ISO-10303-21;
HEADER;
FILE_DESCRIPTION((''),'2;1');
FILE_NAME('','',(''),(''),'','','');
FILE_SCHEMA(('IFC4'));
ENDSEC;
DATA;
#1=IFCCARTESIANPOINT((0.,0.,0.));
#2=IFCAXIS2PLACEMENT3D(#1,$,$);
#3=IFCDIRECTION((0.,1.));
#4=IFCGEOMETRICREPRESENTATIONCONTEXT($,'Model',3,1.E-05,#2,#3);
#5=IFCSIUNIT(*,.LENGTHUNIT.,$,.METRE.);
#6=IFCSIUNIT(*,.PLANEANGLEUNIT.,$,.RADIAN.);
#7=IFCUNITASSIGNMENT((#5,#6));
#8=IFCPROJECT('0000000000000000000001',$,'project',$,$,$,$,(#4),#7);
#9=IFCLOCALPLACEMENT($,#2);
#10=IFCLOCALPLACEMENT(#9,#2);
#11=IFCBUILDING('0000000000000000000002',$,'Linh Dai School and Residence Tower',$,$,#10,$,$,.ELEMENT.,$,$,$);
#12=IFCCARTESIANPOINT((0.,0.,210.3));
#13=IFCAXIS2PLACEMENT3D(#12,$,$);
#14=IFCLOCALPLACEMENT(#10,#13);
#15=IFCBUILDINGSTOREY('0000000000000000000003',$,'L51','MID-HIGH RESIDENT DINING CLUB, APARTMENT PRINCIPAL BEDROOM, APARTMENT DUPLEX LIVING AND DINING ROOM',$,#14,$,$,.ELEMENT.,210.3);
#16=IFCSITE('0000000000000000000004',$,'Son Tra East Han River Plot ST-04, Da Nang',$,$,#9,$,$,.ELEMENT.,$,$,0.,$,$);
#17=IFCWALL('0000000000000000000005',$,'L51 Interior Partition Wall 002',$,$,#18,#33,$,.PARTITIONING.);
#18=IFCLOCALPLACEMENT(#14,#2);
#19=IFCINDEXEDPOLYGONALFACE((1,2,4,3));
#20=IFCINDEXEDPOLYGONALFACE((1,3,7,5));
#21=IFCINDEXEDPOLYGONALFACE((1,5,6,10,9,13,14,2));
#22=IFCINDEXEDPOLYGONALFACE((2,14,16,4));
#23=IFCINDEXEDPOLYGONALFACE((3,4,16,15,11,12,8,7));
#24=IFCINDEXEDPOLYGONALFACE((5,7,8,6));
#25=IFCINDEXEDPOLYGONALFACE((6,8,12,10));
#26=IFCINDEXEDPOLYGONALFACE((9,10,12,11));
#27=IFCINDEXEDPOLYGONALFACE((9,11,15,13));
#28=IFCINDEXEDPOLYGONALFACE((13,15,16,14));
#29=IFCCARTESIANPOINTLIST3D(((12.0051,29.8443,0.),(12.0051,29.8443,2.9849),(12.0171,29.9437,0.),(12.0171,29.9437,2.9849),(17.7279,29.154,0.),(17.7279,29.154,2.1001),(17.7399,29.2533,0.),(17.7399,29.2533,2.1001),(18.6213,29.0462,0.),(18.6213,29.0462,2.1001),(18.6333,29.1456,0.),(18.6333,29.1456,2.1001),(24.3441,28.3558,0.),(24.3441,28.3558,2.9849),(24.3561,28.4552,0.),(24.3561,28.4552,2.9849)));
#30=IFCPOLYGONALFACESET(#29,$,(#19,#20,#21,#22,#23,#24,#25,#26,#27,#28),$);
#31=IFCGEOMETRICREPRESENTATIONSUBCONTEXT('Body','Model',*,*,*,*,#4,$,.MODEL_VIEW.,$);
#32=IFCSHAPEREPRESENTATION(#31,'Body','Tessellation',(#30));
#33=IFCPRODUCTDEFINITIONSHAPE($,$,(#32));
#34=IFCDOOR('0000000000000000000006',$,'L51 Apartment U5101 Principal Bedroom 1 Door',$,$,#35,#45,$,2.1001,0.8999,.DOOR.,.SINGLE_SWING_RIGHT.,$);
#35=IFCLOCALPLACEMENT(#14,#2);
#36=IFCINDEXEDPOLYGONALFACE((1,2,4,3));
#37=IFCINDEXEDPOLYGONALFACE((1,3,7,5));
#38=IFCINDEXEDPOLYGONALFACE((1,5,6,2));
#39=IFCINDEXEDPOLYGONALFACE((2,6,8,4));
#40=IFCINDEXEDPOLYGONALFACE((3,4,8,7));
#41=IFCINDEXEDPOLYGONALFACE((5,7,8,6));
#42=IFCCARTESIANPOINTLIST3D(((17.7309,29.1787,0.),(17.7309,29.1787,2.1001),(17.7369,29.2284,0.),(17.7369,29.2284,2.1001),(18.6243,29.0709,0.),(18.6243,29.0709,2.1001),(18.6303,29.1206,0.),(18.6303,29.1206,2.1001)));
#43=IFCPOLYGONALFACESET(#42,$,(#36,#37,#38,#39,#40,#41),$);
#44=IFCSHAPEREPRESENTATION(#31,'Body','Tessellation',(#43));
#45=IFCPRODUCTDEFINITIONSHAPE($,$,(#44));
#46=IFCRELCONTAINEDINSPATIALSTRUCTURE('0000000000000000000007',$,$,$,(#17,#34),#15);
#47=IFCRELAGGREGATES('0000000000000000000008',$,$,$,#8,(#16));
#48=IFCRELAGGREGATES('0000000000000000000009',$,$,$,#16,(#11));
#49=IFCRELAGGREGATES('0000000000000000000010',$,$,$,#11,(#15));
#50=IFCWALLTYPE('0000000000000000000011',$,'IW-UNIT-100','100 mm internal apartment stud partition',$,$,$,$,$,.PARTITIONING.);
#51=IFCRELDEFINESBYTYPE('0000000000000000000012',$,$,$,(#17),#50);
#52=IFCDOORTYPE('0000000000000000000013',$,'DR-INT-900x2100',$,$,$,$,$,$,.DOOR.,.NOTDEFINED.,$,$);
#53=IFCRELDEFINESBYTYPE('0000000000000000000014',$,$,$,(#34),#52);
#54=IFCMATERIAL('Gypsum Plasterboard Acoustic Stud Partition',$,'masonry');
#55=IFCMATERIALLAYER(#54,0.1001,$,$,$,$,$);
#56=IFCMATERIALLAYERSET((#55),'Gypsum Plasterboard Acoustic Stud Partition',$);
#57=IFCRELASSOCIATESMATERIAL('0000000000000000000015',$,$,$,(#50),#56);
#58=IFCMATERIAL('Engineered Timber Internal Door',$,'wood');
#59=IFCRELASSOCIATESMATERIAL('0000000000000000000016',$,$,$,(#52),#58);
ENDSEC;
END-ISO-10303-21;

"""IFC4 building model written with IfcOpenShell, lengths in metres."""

from ifc_helpers import new_model, si_unit, direction, frame, frame_2d, origin, origin_2d, place, context, subcontext, project, spatial, rectangle, extrude, source, transform, mapped, material, layer, layer_set, type_object, element, fill, save


model = new_model("IFC4")

# Units and contexts
model_context = context("Model", 3, precision=1e-05, world=origin(), true_north=direction((0.0, 1.0)))
body_context = subcontext(model_context, "Body", "Model", "MODEL_VIEW")
ifc_project = project(units=[si_unit("LENGTHUNIT", "METRE"), si_unit("PLANEANGLEUNIT", "RADIAN")], contexts=[model_context])

# Site, building, storey
site_placement = place(None, origin())
site = spatial("IfcSite", under=ifc_project, at=site_placement, Name="Son Tra East Han River Plot ST-04, Da Nang", CompositionType="ELEMENT", RefElevation=0.0)
building_placement = place(site_placement, origin())
building = spatial("IfcBuilding", under=site, at=building_placement, Name="Linh Dai School and Residence Tower", CompositionType="ELEMENT")
storey_placement = place(building_placement, frame((0.0, 0.0, 210.3)))
storey = spatial("IfcBuildingStorey", under=building, at=storey_placement, Name="L51", Description="MID-HIGH RESIDENT DINING CLUB, APARTMENT PRINCIPAL BEDROOM, APARTMENT DUPLEX LIVING AND DINING ROOM", CompositionType="ELEMENT", Elevation=210.3)

# Wall, opening, door
ifc_material_1 = material(Name="Gypsum Plasterboard Acoustic Stud Partition", Category="masonry")
ifc_layer_1 = layer(ifc_material_1, 0.1001)
ifc_layer_set_1 = layer_set([ifc_layer_1], Name="Gypsum Plasterboard Acoustic Stud Partition")
wall_type_1 = type_object("IfcWallType", Name="IW-UNIT-100", Description="100 mm internal apartment stud partition", PredefinedType="PARTITIONING", material=ifc_layer_set_1)
wall_1_placement = place(storey_placement, frame((12.011, 29.894, 0.0), z_axis=(0.0, 0.0, 1.0), x_axis=(0.992802, -0.119766, 0.0)))
wall_1 = element("IfcWall", 1, at=wall_1_placement, inside=storey, type_object=wall_type_1, Name="L51 Interior Partition Wall 002", PredefinedType="PARTITIONING", context=body_context, shape_type="SweptSolid", body=[
    extrude(rectangle(XDim=12.4285, YDim=0.1001, at=frame_2d((6.2144, 0.0))), origin(), (0.0, 0.0, 1.0), 2.9849),
])
opening_1_placement = place(wall_1_placement, frame((5.7644, 0.0, 0.0)))
opening_1 = element("IfcOpeningElement", 2, at=opening_1_placement, cuts=wall_1, PredefinedType="OPENING", context=body_context, shape_type="SweptSolid", body=[
    extrude(rectangle(XDim=0.8999, YDim=2.1001, at=origin_2d()), frame((0.45, 0.0601, 1.05), z_axis=(0.0, -1.0, 0.0), x_axis=(1.0, 0.0, 0.0)), (0.0, 0.0, 1.0), 0.1201),
])
ifc_material_2 = material(Name="Engineered Timber Internal Door", Category="wood")
door_type = type_object("IfcDoorType", Name="DR-INT-900x2100", OperationType="NOTDEFINED", PredefinedType="DOOR", material=ifc_material_2)
shared_shape_1 = source(origin(), body_context, "Body", "SweptSolid", [
    extrude(rectangle(XDim=0.8999, YDim=2.1001, at=origin_2d()), frame((0.45, 0.0249, 1.05), z_axis=(0.0, -1.0, 0.0), x_axis=(1.0, 0.0, 0.0)), (0.0, 0.0, 1.0), 0.05),
])
door_placement = place(opening_1_placement, origin())
door = element("IfcDoor", 3, at=door_placement, inside=storey, type_object=door_type, Name="L51 Apartment U5101 Principal Bedroom 1 Door", OperationType="SINGLE_SWING_RIGHT", OverallHeight=2.1001, OverallWidth=0.8999, PredefinedType="DOOR", context=body_context, shape_type="MappedRepresentation", body=[
    mapped(shared_shape_1, transform((0.0, 0.0, 0.0), x_axis=(1.0, 0.0, 0.0), y_axis=(0.0, 1.0, 0.0), z_axis=(0.0, 0.0, 1.0), scale=1.0)),
])
fill(opening_1, door)

save(model, "model.ifc")
